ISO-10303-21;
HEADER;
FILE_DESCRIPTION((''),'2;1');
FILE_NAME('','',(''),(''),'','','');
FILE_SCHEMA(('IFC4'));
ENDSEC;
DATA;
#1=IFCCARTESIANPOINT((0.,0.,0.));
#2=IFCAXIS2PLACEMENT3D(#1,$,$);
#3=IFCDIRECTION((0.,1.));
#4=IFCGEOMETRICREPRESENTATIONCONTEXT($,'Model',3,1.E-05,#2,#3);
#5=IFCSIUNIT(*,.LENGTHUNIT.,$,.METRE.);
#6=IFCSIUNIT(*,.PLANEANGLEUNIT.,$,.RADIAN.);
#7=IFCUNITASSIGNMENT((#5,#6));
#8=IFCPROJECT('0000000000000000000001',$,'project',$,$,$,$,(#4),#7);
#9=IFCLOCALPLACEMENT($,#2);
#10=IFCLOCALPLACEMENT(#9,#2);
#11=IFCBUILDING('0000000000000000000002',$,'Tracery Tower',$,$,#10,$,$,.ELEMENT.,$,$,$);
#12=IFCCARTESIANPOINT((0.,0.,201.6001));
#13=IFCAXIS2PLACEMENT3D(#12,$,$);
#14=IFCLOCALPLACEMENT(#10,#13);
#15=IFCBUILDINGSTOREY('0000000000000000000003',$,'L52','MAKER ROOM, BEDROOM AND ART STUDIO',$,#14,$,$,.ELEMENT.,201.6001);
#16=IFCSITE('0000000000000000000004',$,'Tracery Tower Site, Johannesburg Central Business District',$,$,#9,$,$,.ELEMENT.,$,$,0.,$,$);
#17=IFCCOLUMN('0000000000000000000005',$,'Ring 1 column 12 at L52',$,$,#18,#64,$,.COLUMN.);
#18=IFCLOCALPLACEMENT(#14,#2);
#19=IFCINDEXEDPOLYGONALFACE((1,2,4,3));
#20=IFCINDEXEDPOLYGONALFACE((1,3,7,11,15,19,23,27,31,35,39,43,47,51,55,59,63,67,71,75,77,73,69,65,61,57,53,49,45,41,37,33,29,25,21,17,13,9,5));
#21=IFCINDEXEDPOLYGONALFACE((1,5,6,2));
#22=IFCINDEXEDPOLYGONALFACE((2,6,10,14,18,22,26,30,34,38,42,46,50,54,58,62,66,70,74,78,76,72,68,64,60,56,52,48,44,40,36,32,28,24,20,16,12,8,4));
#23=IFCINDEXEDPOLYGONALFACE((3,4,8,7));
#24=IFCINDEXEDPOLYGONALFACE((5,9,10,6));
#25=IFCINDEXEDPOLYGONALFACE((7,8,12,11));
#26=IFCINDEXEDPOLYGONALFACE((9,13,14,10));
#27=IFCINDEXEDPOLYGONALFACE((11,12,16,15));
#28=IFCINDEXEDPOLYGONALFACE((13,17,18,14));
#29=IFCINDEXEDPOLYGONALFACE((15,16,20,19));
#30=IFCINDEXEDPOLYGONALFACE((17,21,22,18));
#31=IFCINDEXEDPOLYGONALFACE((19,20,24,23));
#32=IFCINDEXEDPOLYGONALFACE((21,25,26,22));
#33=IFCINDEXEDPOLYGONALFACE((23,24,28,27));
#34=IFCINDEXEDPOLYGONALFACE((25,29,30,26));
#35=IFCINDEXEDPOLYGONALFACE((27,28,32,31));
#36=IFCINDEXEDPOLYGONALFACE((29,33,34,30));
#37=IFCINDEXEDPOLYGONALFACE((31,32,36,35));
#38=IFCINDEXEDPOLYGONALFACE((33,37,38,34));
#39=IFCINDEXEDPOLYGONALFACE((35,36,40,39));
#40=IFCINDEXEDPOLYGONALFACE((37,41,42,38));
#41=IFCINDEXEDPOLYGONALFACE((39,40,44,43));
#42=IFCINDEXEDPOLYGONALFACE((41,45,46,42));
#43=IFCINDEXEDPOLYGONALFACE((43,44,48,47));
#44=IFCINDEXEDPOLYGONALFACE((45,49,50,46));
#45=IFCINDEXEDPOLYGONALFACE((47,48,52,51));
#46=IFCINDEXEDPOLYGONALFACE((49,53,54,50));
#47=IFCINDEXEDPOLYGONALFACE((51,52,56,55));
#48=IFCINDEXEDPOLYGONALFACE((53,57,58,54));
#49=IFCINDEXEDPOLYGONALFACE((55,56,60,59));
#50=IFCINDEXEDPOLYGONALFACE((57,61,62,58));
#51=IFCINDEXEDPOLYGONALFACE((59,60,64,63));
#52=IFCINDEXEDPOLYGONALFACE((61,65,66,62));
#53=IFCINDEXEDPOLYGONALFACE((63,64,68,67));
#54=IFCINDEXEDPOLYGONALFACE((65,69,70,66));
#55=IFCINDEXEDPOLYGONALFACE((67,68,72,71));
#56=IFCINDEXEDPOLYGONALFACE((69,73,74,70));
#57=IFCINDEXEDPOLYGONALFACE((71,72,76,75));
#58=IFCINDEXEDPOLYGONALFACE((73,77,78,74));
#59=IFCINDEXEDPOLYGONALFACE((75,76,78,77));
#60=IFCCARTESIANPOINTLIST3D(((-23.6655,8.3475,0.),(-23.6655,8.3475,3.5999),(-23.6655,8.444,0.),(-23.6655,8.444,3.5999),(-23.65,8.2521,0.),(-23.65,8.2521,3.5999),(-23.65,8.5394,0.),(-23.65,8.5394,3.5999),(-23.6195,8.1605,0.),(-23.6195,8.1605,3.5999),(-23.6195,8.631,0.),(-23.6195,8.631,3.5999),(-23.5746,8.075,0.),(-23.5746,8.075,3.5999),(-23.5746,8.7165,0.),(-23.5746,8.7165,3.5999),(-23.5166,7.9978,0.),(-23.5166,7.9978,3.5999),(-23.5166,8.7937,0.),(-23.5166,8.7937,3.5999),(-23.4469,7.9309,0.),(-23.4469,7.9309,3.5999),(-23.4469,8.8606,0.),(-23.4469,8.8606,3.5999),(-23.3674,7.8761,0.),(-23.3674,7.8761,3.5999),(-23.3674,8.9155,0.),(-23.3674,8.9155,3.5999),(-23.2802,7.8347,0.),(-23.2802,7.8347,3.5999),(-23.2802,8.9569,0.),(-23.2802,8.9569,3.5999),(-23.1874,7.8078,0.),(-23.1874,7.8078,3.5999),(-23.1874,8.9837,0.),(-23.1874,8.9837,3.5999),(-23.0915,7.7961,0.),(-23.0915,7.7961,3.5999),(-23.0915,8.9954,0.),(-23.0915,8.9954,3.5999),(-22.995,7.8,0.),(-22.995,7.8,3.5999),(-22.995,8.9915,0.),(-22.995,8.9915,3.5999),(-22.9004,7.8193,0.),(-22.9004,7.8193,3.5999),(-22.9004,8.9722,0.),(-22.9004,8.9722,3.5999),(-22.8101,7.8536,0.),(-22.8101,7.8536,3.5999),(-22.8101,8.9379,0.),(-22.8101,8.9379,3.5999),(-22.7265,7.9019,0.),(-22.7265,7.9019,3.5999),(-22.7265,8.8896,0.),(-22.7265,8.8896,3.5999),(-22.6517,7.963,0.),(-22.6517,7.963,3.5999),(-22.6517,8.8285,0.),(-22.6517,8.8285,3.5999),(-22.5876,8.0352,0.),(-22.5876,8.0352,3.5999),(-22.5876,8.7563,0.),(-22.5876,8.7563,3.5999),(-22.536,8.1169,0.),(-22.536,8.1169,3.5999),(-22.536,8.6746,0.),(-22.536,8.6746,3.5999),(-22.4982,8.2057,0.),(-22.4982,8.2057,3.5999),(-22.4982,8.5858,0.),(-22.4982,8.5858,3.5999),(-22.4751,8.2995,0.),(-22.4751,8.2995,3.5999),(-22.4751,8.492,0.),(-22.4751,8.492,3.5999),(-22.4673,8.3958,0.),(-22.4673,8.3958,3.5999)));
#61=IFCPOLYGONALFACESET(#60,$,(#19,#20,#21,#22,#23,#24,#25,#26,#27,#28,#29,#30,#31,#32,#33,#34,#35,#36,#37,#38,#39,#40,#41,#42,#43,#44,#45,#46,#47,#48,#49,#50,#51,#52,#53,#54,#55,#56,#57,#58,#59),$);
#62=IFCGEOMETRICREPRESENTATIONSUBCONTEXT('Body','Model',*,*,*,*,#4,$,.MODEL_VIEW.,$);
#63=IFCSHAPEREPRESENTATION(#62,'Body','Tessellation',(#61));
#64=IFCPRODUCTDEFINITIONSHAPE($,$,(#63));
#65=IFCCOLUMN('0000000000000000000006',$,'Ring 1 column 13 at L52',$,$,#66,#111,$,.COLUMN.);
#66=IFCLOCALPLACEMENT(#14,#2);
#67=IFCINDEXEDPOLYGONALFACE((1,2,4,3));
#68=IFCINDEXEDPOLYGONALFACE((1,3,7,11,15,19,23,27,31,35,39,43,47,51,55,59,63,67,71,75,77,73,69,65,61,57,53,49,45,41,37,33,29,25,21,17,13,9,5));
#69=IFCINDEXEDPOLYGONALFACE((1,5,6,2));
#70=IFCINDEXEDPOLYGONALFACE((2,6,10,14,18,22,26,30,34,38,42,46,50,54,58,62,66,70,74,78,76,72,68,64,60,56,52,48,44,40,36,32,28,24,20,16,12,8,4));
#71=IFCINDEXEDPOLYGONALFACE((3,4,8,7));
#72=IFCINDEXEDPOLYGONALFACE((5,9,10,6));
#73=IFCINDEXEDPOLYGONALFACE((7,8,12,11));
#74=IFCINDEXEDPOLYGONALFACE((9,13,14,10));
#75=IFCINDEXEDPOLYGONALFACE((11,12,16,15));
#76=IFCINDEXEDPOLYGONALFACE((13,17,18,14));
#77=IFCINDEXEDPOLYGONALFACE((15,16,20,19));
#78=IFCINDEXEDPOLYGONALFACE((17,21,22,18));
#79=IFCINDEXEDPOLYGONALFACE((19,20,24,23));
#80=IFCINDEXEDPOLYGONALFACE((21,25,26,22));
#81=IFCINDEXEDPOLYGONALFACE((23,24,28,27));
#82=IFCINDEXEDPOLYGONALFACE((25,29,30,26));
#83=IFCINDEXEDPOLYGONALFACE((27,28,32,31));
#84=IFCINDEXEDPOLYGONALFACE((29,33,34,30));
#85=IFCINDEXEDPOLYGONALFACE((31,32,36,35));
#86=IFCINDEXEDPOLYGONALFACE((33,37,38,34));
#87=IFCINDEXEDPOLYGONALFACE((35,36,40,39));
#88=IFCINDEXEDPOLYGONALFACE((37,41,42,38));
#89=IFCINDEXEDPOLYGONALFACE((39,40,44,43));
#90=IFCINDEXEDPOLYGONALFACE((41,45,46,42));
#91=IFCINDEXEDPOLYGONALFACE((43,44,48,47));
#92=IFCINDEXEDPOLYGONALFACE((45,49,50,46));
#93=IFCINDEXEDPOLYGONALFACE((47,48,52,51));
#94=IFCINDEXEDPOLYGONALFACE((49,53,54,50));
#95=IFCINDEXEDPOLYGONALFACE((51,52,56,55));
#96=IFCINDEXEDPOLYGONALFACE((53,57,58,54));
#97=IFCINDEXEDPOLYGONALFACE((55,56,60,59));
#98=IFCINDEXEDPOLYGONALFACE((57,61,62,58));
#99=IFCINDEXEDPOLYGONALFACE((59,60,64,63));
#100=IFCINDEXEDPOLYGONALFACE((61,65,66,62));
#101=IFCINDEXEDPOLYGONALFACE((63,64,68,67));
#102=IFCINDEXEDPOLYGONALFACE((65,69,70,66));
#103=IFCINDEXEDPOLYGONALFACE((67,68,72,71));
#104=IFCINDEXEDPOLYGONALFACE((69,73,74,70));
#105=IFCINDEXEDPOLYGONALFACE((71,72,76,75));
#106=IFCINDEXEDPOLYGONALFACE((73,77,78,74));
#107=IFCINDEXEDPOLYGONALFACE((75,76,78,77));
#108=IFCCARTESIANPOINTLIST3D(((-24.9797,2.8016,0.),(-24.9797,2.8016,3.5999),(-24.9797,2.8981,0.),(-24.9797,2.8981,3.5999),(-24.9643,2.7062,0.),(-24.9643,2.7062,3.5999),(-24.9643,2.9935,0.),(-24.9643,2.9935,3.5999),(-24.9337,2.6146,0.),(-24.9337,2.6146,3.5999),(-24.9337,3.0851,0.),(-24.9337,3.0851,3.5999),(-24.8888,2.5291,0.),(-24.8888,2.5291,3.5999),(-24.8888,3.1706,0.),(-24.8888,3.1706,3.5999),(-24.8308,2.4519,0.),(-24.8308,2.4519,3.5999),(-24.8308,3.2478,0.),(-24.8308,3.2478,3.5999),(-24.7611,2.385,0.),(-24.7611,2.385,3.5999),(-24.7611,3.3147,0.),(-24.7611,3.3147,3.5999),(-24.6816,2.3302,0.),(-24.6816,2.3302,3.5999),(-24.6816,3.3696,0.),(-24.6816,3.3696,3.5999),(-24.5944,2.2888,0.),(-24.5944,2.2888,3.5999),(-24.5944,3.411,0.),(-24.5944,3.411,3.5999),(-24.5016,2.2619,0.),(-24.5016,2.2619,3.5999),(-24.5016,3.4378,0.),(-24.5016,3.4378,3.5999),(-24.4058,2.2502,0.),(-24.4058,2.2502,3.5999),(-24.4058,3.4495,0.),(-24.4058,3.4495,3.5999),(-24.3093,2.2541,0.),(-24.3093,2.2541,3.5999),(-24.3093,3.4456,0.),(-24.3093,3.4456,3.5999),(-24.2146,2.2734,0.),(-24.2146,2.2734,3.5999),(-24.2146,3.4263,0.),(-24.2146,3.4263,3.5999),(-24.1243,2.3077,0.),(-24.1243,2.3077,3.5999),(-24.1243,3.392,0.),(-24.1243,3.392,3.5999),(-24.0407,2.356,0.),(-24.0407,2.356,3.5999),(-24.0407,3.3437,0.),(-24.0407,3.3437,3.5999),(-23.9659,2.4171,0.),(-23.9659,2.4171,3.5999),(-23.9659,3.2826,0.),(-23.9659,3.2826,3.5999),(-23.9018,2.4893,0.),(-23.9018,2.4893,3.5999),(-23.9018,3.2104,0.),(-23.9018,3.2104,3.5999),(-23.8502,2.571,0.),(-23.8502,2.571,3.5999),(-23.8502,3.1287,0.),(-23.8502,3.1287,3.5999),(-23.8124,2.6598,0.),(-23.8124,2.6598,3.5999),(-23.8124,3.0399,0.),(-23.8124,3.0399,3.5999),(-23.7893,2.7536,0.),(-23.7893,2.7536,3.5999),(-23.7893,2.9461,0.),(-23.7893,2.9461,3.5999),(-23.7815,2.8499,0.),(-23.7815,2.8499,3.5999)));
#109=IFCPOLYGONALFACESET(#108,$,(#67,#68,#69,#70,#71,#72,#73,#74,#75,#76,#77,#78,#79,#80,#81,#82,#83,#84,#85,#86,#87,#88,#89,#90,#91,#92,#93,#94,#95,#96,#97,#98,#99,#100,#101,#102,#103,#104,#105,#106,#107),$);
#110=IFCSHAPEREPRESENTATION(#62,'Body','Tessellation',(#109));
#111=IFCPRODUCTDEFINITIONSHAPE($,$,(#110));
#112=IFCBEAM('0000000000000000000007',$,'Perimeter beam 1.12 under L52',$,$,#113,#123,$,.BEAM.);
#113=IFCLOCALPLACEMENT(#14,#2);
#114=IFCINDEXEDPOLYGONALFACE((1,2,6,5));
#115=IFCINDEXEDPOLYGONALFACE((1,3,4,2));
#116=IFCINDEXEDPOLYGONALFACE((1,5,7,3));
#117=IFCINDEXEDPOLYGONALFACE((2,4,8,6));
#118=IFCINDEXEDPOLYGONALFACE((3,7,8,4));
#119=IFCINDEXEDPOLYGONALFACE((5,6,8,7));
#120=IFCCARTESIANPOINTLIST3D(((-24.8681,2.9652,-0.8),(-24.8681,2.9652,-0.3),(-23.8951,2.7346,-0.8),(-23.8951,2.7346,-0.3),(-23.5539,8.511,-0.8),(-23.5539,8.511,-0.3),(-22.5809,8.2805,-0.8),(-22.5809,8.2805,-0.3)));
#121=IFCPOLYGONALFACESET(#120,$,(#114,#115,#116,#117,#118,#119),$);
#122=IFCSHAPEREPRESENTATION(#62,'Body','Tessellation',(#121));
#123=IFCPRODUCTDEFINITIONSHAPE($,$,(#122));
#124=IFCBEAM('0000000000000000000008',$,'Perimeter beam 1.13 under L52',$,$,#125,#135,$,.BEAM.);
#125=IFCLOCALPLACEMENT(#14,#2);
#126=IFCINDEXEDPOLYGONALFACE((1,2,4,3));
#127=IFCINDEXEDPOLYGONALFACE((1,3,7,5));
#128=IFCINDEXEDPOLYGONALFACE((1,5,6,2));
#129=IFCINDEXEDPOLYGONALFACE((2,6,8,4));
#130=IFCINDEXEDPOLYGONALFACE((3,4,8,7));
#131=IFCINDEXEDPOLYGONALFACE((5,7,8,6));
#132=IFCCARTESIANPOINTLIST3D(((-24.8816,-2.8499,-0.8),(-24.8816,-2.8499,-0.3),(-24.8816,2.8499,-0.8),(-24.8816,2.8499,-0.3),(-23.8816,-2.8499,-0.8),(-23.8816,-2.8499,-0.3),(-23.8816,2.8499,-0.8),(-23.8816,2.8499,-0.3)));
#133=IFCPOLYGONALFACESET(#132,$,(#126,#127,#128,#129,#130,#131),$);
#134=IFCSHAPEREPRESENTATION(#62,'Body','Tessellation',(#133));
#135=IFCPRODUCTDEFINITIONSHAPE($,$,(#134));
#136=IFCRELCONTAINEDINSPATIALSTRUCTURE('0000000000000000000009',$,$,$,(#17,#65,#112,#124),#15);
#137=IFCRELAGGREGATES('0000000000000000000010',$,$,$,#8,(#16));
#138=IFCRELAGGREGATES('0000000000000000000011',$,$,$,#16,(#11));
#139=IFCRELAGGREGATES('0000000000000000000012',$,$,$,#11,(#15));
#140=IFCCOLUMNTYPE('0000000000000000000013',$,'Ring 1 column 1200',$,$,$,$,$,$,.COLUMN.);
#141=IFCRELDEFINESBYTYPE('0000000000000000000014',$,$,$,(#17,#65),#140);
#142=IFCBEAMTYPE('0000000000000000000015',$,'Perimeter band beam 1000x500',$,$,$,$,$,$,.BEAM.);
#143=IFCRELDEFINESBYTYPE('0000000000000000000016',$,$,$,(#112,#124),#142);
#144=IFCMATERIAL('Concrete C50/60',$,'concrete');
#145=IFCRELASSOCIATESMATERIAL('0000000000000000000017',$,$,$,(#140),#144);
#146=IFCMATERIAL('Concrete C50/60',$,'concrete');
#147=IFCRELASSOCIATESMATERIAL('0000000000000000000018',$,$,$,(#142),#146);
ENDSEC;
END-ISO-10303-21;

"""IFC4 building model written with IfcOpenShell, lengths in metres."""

from ifc_helpers import new_model, si_unit, direction, frame, origin, origin_2d, place, context, subcontext, project, spatial, rectangle, circle, extrude, material, material_profile, profile_set, type_object, element, save


model = new_model("IFC4")

# Units and contexts
model_context = context("Model", 3, precision=1e-05, world=origin(), true_north=direction((0.0, 1.0)))
body_context = subcontext(model_context, "Body", "Model", "MODEL_VIEW")
ifc_project = project(units=[si_unit("LENGTHUNIT", "METRE"), si_unit("PLANEANGLEUNIT", "RADIAN")], contexts=[model_context])

# Site, building, storey
site_placement = place(None, origin())
site = spatial("IfcSite", under=ifc_project, at=site_placement, Name="Tracery Tower Site, Johannesburg Central Business District", CompositionType="ELEMENT", RefElevation=0.0)
building_placement = place(site_placement, origin())
building = spatial("IfcBuilding", under=site, at=building_placement, Name="Tracery Tower", CompositionType="ELEMENT")
storey_placement = place(building_placement, frame((0.0, 0.0, 201.6001)))
storey = spatial("IfcBuildingStorey", under=building, at=storey_placement, Name="L52", Description="MAKER ROOM, BEDROOM AND ART STUDIO", CompositionType="ELEMENT", Elevation=201.6001)

# Columns
ifc_material_1 = material(Name="Concrete C50/60", Category="concrete")
ifc_material_profile_1 = material_profile(ifc_material_1, circle(Radius=0.6001, at=origin_2d()), Name="RC D1200")
ifc_profile_set_1 = profile_set([ifc_material_profile_1], Name="Concrete C50/60")
column_type = type_object("IfcColumnType", Name="Ring 1 column 1200", PredefinedType="COLUMN", material=ifc_profile_set_1)
for number, where, z_axis, x_axis, name in (
    (1, (-23.0674, 8.3958, 0.0), (0.0, 0.0, 1.0), (1.0, 0.0, 0.0), "Ring 1 column 12 at L52"),
    (2, (-24.3816, 2.8499, 0.0), (0.0, 0.0, 1.0), (1.0, 0.0, 0.0), "Ring 1 column 13 at L52"),
):
    element("IfcColumn", number, at=place(storey_placement, frame(where, z_axis=z_axis, x_axis=x_axis)), inside=storey, type_object=column_type, Name=name, PredefinedType="COLUMN", context=body_context, shape_type="SweptSolid", body=[
        extrude(circle(Radius=0.6001, at=origin_2d()), origin(), (0.0, 0.0, 1.0), 3.5999),
    ])

# Beams
ifc_material_2 = material(Name="Concrete C50/60", Category="concrete")
ifc_material_profile_2 = material_profile(ifc_material_2, rectangle(XDim=1.0, YDim=0.5, at=origin_2d()), Name="RC 1000x500")
ifc_profile_set_2 = profile_set([ifc_material_profile_2], Name="Concrete C50/60")
beam_type = type_object("IfcBeamType", Name="Perimeter band beam 1000x500", PredefinedType="BEAM", material=ifc_profile_set_2)
beam_1_placement = place(storey_placement, frame((-23.0674, 8.3958, -0.55), z_axis=(-0.230584, -0.973052, 0.0), x_axis=(0.973052, -0.230584, 0.0)))
element("IfcBeam", 3, at=beam_1_placement, inside=storey, type_object=beam_type, Name="Perimeter beam 1.12 under L52", PredefinedType="BEAM", context=body_context, shape_type="SweptSolid", body=[
    extrude(rectangle(XDim=1.0, YDim=0.5, at=origin_2d()), origin(), (0.0, 0.0, 1.0), 5.6995),
])
beam_2_placement = place(storey_placement, frame((-24.3816, 2.8499, -0.55), z_axis=(0.0, -1.0, 0.0), x_axis=(1.0, 0.0, 0.0)))
element("IfcBeam", 4, at=beam_2_placement, inside=storey, type_object=beam_type, Name="Perimeter beam 1.13 under L52", PredefinedType="BEAM", context=body_context, shape_type="SweptSolid", body=[
    extrude(rectangle(XDim=1.0, YDim=0.5, at=origin_2d()), origin(), (0.0, 0.0, 1.0), 5.6997),
])

save(model, "model.ifc")
